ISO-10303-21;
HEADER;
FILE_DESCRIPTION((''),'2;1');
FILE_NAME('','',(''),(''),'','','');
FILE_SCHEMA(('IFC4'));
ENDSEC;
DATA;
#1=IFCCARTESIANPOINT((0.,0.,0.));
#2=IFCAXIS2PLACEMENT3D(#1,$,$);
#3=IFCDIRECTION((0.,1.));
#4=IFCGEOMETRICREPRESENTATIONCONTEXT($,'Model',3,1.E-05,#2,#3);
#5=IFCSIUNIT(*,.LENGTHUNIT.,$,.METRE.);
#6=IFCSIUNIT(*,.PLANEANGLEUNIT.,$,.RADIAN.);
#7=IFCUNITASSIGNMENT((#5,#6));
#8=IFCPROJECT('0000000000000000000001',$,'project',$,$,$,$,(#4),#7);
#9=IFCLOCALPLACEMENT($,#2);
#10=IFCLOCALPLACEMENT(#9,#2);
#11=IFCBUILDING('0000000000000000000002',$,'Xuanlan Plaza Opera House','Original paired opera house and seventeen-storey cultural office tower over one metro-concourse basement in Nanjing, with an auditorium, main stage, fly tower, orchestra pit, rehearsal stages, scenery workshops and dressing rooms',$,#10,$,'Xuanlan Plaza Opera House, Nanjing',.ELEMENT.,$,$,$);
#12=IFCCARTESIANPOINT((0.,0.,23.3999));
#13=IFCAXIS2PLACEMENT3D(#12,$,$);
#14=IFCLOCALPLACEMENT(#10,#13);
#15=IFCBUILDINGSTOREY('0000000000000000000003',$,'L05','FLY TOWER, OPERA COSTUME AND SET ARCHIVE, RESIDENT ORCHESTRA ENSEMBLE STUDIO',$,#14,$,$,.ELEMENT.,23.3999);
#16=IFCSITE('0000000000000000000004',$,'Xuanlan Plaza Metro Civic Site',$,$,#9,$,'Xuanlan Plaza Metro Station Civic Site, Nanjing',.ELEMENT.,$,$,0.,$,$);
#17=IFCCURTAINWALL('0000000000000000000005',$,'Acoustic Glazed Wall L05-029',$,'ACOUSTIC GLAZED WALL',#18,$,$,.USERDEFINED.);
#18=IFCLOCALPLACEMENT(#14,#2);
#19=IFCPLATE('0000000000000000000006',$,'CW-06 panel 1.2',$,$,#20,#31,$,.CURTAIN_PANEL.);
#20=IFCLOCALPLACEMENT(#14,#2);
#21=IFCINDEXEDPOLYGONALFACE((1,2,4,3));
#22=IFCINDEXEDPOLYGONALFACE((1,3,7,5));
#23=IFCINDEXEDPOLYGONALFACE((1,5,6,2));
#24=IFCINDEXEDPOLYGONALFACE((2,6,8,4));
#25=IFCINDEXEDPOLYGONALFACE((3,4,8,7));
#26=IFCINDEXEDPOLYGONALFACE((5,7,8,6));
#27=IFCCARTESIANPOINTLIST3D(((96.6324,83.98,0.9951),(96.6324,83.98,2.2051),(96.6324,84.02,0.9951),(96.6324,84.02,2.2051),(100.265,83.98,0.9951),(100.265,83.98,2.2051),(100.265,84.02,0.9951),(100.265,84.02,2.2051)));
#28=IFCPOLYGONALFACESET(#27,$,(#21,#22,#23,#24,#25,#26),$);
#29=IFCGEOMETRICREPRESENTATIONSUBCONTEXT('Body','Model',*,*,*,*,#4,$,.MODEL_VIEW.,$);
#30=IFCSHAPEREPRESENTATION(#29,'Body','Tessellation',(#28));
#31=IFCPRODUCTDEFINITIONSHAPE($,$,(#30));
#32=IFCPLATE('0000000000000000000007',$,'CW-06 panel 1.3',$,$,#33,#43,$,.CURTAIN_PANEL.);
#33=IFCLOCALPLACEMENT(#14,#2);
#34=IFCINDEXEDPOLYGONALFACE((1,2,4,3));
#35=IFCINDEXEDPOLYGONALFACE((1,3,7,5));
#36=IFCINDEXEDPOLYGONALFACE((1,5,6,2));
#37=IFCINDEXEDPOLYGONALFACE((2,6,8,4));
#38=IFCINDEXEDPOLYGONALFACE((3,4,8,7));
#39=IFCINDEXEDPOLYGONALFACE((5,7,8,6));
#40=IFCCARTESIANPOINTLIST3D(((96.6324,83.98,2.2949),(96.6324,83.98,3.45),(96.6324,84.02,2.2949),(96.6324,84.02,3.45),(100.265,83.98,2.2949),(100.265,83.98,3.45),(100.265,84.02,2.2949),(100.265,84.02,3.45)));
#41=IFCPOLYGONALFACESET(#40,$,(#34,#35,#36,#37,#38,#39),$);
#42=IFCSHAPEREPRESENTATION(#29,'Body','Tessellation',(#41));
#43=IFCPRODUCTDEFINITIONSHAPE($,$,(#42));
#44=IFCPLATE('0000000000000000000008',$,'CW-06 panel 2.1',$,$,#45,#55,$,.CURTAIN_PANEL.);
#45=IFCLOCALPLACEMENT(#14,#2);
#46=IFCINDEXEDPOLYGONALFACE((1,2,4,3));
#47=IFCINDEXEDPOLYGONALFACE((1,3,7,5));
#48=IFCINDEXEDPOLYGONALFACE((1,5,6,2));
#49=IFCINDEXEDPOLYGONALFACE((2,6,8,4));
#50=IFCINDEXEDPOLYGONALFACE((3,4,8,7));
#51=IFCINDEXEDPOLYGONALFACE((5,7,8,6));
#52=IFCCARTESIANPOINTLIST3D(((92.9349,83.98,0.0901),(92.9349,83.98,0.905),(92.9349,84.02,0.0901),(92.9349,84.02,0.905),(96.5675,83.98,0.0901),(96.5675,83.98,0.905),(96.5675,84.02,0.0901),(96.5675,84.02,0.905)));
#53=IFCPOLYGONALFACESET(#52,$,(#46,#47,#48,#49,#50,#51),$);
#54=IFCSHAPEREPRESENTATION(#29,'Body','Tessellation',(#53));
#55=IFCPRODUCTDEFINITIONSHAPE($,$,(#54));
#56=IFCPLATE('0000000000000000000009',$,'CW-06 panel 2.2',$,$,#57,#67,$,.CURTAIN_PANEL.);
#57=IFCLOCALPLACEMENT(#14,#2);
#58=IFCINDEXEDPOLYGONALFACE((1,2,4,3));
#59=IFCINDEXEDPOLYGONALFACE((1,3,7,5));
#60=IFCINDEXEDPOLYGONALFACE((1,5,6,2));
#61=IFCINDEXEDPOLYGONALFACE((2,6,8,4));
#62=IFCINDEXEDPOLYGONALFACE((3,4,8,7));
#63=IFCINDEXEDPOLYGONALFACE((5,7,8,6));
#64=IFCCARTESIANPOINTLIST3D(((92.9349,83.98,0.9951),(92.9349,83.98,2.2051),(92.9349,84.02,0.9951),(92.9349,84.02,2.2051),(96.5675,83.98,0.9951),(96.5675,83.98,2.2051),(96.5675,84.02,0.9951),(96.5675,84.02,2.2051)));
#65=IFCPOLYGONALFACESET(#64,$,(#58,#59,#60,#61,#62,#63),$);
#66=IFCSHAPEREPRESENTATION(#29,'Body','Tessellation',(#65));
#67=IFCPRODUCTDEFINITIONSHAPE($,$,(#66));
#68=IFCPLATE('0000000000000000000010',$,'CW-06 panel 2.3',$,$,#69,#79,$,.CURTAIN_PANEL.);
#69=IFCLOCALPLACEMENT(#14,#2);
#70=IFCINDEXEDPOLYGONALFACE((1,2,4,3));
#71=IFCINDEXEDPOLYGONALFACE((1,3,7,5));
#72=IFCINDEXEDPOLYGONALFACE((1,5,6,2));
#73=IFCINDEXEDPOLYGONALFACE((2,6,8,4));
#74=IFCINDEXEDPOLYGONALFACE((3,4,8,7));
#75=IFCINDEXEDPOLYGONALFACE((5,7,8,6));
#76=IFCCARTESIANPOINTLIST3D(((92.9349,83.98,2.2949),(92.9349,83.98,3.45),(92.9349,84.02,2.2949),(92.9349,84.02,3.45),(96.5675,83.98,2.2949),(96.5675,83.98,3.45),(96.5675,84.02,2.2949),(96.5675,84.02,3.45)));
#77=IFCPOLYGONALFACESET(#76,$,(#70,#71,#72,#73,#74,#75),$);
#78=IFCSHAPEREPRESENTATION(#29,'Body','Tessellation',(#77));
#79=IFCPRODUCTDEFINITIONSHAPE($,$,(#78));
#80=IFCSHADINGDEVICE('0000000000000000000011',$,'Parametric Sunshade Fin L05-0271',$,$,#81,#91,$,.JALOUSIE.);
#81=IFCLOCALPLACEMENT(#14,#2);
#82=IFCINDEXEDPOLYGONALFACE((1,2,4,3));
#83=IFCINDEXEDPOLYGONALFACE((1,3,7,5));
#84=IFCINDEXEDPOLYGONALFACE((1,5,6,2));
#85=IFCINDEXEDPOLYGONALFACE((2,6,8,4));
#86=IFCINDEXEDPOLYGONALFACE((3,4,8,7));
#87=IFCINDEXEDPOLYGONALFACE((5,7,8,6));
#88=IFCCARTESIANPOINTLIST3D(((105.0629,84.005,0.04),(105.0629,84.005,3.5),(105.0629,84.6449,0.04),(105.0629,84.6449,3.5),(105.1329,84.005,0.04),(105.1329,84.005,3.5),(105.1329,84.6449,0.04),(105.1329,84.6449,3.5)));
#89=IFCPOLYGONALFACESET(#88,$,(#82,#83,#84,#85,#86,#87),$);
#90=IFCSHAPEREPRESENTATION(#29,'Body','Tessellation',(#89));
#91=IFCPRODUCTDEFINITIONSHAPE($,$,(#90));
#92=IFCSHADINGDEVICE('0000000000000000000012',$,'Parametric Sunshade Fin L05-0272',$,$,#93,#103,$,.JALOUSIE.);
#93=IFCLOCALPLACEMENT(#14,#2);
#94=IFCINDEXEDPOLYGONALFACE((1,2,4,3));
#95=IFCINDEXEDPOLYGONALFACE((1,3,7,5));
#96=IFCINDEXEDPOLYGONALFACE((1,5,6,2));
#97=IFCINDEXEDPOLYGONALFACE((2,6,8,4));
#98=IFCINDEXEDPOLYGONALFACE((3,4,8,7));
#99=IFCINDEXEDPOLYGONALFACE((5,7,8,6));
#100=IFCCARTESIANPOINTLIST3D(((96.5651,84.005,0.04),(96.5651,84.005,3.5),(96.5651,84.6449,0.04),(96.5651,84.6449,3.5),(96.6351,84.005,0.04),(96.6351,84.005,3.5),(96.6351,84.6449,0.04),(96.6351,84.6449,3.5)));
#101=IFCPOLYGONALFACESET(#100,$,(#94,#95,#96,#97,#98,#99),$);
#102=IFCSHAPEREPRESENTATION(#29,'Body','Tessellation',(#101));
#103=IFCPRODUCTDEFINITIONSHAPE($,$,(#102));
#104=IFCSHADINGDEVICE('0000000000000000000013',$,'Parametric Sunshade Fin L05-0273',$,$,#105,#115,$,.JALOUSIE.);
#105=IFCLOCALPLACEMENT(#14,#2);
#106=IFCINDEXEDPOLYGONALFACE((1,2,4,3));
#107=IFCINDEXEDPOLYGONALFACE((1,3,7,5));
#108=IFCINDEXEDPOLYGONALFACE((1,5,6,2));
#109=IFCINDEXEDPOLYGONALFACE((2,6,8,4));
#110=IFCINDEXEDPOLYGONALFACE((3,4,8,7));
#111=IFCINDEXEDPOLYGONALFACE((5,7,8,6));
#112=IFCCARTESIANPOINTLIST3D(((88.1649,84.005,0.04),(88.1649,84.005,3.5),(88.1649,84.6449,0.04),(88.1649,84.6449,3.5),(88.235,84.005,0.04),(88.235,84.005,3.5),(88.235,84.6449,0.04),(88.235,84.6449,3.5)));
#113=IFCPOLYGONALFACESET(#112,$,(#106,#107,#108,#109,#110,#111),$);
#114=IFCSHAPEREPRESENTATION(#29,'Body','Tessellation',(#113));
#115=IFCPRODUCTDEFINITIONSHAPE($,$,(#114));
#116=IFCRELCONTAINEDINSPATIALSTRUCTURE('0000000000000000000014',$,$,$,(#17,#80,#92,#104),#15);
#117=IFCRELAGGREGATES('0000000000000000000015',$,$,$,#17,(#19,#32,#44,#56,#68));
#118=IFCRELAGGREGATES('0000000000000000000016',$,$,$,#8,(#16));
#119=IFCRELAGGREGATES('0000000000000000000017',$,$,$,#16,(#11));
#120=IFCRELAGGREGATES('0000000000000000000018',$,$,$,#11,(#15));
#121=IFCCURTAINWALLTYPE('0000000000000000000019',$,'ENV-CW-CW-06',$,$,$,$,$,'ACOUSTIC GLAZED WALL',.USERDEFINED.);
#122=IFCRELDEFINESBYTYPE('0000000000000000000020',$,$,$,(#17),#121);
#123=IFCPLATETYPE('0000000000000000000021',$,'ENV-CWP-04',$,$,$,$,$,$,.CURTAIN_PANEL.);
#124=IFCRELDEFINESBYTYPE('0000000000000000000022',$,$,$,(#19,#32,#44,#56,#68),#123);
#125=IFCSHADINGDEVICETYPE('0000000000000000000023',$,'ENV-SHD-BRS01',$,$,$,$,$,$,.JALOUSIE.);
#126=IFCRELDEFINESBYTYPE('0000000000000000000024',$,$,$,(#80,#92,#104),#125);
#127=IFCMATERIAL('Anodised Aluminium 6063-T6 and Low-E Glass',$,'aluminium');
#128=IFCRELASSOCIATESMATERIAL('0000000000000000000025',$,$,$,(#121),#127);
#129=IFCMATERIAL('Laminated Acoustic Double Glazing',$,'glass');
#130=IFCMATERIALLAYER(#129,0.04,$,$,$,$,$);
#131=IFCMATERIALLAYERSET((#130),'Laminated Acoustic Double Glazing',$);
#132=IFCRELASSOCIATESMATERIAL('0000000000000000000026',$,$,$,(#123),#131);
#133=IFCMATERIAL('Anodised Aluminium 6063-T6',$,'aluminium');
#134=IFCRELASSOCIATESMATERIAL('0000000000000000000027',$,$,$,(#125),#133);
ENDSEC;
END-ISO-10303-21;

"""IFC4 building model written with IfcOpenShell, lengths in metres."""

from ifc_helpers import new_model, si_unit, direction, frame, origin, origin_2d, place, context, subcontext, project, spatial, rectangle, extrude, material, layer, layer_set, type_object, element, aggregate, save


model = new_model("IFC4")

# Units and contexts
model_context = context("Model", 3, precision=1e-05, world=origin(), true_north=direction((0.0, 1.0)))
body_context = subcontext(model_context, "Body", "Model", "MODEL_VIEW")
ifc_project = project(units=[si_unit("LENGTHUNIT", "METRE"), si_unit("PLANEANGLEUNIT", "RADIAN")], contexts=[model_context])

# Site, building, storey
site_placement = place(None, origin())
site = spatial("IfcSite", under=ifc_project, at=site_placement, Name="Xuanlan Plaza Metro Civic Site", LongName="Xuanlan Plaza Metro Station Civic Site, Nanjing", CompositionType="ELEMENT", RefElevation=0.0)
building_placement = place(site_placement, origin())
building = spatial("IfcBuilding", under=site, at=building_placement, Name="Xuanlan Plaza Opera House", Description="Original paired opera house and seventeen-storey cultural office tower over one metro-concourse basement in Nanjing, with an auditorium, main stage, fly tower, orchestra pit, rehearsal stages, scenery workshops and dressing rooms", LongName="Xuanlan Plaza Opera House, Nanjing", CompositionType="ELEMENT")
storey_placement = place(building_placement, frame((0.0, 0.0, 23.3999)))
storey = spatial("IfcBuildingStorey", under=building, at=storey_placement, Name="L05", Description="FLY TOWER, OPERA COSTUME AND SET ARCHIVE, RESIDENT ORCHESTRA ENSEMBLE STUDIO", CompositionType="ELEMENT", Elevation=23.3999)

# Curtain wall
ifc_material_1 = material(Name="Anodised Aluminium 6063-T6 and Low-E Glass", Category="aluminium")
curtain_wall_type_1 = type_object("IfcCurtainWallType", Name="ENV-CW-CW-06", ElementType="ACOUSTIC GLAZED WALL", PredefinedType="USERDEFINED", material=ifc_material_1)
curtain_wall_1_placement = place(storey_placement, origin())
curtain_wall_1 = element("IfcCurtainWall", 1, at=curtain_wall_1_placement, inside=storey, type_object=curtain_wall_type_1, Name="Acoustic Glazed Wall L05-029", ObjectType="ACOUSTIC GLAZED WALL", PredefinedType="USERDEFINED")
ifc_material_2 = material(Name="Anodised Aluminium 6063-T6", Category="aluminium")

# Plates
ifc_material_3 = material(Name="Laminated Acoustic Double Glazing", Category="glass")
ifc_layer_1 = layer(ifc_material_3, 0.04)
ifc_layer_set_1 = layer_set([ifc_layer_1], Name="Laminated Acoustic Double Glazing")
plate_type_1 = type_object("IfcPlateType", Name="ENV-CWP-04", PredefinedType="CURTAIN_PANEL", material=ifc_layer_set_1)
plate_1_placement = place(storey_placement, frame((98.4487, 84.0, 0.9951), z_axis=(0.0, 0.0, 1.0), x_axis=(-1.0, 0.0, 0.0)))
plate_1 = element("IfcPlate", 2, at=plate_1_placement, type_object=plate_type_1, Name="CW-06 panel 1.2", PredefinedType="CURTAIN_PANEL", context=body_context, shape_type="SweptSolid", body=[
    extrude(rectangle(XDim=3.6326, YDim=0.04, at=origin_2d()), origin(), (0.0, 0.0, 1.0), 1.21),
])
plate_2_placement = place(storey_placement, frame((98.4487, 84.0, 2.2949), z_axis=(0.0, 0.0, 1.0), x_axis=(-1.0, 0.0, 0.0)))
plate_2 = element("IfcPlate", 3, at=plate_2_placement, type_object=plate_type_1, Name="CW-06 panel 1.3", PredefinedType="CURTAIN_PANEL", context=body_context, shape_type="SweptSolid", body=[
    extrude(rectangle(XDim=3.6326, YDim=0.04, at=origin_2d()), origin(), (0.0, 0.0, 1.0), 1.155),
])
plate_3_placement = place(storey_placement, frame((94.7512, 84.0, 0.0901), z_axis=(0.0, 0.0, 1.0), x_axis=(-1.0, 0.0, 0.0)))
plate_3 = element("IfcPlate", 4, at=plate_3_placement, type_object=plate_type_1, Name="CW-06 panel 2.1", PredefinedType="CURTAIN_PANEL", context=body_context, shape_type="SweptSolid", body=[
    extrude(rectangle(XDim=3.6326, YDim=0.04, at=origin_2d()), origin(), (0.0, 0.0, 1.0), 0.8149),
])
plate_4_placement = place(storey_placement, frame((94.7512, 84.0, 0.9951), z_axis=(0.0, 0.0, 1.0), x_axis=(-1.0, 0.0, 0.0)))
plate_4 = element("IfcPlate", 5, at=plate_4_placement, type_object=plate_type_1, Name="CW-06 panel 2.2", PredefinedType="CURTAIN_PANEL", context=body_context, shape_type="SweptSolid", body=[
    extrude(rectangle(XDim=3.6326, YDim=0.04, at=origin_2d()), origin(), (0.0, 0.0, 1.0), 1.21),
])
plate_5_placement = place(storey_placement, frame((94.7512, 84.0, 2.2949), z_axis=(0.0, 0.0, 1.0), x_axis=(-1.0, 0.0, 0.0)))
plate_5 = element("IfcPlate", 6, at=plate_5_placement, type_object=plate_type_1, Name="CW-06 panel 2.3", PredefinedType="CURTAIN_PANEL", context=body_context, shape_type="SweptSolid", body=[
    extrude(rectangle(XDim=3.6326, YDim=0.04, at=origin_2d()), origin(), (0.0, 0.0, 1.0), 1.155),
])
aggregate(curtain_wall_1, [plate_1, plate_2, plate_3, plate_4, plate_5])

# Shading devices
shading_device_type = type_object("IfcShadingDeviceType", Name="ENV-SHD-BRS01", PredefinedType="JALOUSIE", material=ifc_material_2)
for number, where, z_axis, x_axis, name in (
    (7, (105.0979, 84.325, 0.04), (0.0, 0.0, 1.0), (0.0, 1.0, 0.0), "Parametric Sunshade Fin L05-0271"),
    (8, (96.6001, 84.325, 0.04), (0.0, 0.0, 1.0), (0.0, 1.0, 0.0), "Parametric Sunshade Fin L05-0272"),
    (9, (88.2, 84.325, 0.04), (0.0, 0.0, 1.0), (0.0, 1.0, 0.0), "Parametric Sunshade Fin L05-0273"),
):
    element("IfcShadingDevice", number, at=place(storey_placement, frame(where, z_axis=z_axis, x_axis=x_axis)), inside=storey, type_object=shading_device_type, Name=name, PredefinedType="JALOUSIE", context=body_context, shape_type="SweptSolid", body=[
        extrude(rectangle(XDim=0.6399, YDim=0.0701, at=origin_2d()), origin(), (0.0, 0.0, 1.0), 3.46),
    ])

save(model, "model.ifc")
